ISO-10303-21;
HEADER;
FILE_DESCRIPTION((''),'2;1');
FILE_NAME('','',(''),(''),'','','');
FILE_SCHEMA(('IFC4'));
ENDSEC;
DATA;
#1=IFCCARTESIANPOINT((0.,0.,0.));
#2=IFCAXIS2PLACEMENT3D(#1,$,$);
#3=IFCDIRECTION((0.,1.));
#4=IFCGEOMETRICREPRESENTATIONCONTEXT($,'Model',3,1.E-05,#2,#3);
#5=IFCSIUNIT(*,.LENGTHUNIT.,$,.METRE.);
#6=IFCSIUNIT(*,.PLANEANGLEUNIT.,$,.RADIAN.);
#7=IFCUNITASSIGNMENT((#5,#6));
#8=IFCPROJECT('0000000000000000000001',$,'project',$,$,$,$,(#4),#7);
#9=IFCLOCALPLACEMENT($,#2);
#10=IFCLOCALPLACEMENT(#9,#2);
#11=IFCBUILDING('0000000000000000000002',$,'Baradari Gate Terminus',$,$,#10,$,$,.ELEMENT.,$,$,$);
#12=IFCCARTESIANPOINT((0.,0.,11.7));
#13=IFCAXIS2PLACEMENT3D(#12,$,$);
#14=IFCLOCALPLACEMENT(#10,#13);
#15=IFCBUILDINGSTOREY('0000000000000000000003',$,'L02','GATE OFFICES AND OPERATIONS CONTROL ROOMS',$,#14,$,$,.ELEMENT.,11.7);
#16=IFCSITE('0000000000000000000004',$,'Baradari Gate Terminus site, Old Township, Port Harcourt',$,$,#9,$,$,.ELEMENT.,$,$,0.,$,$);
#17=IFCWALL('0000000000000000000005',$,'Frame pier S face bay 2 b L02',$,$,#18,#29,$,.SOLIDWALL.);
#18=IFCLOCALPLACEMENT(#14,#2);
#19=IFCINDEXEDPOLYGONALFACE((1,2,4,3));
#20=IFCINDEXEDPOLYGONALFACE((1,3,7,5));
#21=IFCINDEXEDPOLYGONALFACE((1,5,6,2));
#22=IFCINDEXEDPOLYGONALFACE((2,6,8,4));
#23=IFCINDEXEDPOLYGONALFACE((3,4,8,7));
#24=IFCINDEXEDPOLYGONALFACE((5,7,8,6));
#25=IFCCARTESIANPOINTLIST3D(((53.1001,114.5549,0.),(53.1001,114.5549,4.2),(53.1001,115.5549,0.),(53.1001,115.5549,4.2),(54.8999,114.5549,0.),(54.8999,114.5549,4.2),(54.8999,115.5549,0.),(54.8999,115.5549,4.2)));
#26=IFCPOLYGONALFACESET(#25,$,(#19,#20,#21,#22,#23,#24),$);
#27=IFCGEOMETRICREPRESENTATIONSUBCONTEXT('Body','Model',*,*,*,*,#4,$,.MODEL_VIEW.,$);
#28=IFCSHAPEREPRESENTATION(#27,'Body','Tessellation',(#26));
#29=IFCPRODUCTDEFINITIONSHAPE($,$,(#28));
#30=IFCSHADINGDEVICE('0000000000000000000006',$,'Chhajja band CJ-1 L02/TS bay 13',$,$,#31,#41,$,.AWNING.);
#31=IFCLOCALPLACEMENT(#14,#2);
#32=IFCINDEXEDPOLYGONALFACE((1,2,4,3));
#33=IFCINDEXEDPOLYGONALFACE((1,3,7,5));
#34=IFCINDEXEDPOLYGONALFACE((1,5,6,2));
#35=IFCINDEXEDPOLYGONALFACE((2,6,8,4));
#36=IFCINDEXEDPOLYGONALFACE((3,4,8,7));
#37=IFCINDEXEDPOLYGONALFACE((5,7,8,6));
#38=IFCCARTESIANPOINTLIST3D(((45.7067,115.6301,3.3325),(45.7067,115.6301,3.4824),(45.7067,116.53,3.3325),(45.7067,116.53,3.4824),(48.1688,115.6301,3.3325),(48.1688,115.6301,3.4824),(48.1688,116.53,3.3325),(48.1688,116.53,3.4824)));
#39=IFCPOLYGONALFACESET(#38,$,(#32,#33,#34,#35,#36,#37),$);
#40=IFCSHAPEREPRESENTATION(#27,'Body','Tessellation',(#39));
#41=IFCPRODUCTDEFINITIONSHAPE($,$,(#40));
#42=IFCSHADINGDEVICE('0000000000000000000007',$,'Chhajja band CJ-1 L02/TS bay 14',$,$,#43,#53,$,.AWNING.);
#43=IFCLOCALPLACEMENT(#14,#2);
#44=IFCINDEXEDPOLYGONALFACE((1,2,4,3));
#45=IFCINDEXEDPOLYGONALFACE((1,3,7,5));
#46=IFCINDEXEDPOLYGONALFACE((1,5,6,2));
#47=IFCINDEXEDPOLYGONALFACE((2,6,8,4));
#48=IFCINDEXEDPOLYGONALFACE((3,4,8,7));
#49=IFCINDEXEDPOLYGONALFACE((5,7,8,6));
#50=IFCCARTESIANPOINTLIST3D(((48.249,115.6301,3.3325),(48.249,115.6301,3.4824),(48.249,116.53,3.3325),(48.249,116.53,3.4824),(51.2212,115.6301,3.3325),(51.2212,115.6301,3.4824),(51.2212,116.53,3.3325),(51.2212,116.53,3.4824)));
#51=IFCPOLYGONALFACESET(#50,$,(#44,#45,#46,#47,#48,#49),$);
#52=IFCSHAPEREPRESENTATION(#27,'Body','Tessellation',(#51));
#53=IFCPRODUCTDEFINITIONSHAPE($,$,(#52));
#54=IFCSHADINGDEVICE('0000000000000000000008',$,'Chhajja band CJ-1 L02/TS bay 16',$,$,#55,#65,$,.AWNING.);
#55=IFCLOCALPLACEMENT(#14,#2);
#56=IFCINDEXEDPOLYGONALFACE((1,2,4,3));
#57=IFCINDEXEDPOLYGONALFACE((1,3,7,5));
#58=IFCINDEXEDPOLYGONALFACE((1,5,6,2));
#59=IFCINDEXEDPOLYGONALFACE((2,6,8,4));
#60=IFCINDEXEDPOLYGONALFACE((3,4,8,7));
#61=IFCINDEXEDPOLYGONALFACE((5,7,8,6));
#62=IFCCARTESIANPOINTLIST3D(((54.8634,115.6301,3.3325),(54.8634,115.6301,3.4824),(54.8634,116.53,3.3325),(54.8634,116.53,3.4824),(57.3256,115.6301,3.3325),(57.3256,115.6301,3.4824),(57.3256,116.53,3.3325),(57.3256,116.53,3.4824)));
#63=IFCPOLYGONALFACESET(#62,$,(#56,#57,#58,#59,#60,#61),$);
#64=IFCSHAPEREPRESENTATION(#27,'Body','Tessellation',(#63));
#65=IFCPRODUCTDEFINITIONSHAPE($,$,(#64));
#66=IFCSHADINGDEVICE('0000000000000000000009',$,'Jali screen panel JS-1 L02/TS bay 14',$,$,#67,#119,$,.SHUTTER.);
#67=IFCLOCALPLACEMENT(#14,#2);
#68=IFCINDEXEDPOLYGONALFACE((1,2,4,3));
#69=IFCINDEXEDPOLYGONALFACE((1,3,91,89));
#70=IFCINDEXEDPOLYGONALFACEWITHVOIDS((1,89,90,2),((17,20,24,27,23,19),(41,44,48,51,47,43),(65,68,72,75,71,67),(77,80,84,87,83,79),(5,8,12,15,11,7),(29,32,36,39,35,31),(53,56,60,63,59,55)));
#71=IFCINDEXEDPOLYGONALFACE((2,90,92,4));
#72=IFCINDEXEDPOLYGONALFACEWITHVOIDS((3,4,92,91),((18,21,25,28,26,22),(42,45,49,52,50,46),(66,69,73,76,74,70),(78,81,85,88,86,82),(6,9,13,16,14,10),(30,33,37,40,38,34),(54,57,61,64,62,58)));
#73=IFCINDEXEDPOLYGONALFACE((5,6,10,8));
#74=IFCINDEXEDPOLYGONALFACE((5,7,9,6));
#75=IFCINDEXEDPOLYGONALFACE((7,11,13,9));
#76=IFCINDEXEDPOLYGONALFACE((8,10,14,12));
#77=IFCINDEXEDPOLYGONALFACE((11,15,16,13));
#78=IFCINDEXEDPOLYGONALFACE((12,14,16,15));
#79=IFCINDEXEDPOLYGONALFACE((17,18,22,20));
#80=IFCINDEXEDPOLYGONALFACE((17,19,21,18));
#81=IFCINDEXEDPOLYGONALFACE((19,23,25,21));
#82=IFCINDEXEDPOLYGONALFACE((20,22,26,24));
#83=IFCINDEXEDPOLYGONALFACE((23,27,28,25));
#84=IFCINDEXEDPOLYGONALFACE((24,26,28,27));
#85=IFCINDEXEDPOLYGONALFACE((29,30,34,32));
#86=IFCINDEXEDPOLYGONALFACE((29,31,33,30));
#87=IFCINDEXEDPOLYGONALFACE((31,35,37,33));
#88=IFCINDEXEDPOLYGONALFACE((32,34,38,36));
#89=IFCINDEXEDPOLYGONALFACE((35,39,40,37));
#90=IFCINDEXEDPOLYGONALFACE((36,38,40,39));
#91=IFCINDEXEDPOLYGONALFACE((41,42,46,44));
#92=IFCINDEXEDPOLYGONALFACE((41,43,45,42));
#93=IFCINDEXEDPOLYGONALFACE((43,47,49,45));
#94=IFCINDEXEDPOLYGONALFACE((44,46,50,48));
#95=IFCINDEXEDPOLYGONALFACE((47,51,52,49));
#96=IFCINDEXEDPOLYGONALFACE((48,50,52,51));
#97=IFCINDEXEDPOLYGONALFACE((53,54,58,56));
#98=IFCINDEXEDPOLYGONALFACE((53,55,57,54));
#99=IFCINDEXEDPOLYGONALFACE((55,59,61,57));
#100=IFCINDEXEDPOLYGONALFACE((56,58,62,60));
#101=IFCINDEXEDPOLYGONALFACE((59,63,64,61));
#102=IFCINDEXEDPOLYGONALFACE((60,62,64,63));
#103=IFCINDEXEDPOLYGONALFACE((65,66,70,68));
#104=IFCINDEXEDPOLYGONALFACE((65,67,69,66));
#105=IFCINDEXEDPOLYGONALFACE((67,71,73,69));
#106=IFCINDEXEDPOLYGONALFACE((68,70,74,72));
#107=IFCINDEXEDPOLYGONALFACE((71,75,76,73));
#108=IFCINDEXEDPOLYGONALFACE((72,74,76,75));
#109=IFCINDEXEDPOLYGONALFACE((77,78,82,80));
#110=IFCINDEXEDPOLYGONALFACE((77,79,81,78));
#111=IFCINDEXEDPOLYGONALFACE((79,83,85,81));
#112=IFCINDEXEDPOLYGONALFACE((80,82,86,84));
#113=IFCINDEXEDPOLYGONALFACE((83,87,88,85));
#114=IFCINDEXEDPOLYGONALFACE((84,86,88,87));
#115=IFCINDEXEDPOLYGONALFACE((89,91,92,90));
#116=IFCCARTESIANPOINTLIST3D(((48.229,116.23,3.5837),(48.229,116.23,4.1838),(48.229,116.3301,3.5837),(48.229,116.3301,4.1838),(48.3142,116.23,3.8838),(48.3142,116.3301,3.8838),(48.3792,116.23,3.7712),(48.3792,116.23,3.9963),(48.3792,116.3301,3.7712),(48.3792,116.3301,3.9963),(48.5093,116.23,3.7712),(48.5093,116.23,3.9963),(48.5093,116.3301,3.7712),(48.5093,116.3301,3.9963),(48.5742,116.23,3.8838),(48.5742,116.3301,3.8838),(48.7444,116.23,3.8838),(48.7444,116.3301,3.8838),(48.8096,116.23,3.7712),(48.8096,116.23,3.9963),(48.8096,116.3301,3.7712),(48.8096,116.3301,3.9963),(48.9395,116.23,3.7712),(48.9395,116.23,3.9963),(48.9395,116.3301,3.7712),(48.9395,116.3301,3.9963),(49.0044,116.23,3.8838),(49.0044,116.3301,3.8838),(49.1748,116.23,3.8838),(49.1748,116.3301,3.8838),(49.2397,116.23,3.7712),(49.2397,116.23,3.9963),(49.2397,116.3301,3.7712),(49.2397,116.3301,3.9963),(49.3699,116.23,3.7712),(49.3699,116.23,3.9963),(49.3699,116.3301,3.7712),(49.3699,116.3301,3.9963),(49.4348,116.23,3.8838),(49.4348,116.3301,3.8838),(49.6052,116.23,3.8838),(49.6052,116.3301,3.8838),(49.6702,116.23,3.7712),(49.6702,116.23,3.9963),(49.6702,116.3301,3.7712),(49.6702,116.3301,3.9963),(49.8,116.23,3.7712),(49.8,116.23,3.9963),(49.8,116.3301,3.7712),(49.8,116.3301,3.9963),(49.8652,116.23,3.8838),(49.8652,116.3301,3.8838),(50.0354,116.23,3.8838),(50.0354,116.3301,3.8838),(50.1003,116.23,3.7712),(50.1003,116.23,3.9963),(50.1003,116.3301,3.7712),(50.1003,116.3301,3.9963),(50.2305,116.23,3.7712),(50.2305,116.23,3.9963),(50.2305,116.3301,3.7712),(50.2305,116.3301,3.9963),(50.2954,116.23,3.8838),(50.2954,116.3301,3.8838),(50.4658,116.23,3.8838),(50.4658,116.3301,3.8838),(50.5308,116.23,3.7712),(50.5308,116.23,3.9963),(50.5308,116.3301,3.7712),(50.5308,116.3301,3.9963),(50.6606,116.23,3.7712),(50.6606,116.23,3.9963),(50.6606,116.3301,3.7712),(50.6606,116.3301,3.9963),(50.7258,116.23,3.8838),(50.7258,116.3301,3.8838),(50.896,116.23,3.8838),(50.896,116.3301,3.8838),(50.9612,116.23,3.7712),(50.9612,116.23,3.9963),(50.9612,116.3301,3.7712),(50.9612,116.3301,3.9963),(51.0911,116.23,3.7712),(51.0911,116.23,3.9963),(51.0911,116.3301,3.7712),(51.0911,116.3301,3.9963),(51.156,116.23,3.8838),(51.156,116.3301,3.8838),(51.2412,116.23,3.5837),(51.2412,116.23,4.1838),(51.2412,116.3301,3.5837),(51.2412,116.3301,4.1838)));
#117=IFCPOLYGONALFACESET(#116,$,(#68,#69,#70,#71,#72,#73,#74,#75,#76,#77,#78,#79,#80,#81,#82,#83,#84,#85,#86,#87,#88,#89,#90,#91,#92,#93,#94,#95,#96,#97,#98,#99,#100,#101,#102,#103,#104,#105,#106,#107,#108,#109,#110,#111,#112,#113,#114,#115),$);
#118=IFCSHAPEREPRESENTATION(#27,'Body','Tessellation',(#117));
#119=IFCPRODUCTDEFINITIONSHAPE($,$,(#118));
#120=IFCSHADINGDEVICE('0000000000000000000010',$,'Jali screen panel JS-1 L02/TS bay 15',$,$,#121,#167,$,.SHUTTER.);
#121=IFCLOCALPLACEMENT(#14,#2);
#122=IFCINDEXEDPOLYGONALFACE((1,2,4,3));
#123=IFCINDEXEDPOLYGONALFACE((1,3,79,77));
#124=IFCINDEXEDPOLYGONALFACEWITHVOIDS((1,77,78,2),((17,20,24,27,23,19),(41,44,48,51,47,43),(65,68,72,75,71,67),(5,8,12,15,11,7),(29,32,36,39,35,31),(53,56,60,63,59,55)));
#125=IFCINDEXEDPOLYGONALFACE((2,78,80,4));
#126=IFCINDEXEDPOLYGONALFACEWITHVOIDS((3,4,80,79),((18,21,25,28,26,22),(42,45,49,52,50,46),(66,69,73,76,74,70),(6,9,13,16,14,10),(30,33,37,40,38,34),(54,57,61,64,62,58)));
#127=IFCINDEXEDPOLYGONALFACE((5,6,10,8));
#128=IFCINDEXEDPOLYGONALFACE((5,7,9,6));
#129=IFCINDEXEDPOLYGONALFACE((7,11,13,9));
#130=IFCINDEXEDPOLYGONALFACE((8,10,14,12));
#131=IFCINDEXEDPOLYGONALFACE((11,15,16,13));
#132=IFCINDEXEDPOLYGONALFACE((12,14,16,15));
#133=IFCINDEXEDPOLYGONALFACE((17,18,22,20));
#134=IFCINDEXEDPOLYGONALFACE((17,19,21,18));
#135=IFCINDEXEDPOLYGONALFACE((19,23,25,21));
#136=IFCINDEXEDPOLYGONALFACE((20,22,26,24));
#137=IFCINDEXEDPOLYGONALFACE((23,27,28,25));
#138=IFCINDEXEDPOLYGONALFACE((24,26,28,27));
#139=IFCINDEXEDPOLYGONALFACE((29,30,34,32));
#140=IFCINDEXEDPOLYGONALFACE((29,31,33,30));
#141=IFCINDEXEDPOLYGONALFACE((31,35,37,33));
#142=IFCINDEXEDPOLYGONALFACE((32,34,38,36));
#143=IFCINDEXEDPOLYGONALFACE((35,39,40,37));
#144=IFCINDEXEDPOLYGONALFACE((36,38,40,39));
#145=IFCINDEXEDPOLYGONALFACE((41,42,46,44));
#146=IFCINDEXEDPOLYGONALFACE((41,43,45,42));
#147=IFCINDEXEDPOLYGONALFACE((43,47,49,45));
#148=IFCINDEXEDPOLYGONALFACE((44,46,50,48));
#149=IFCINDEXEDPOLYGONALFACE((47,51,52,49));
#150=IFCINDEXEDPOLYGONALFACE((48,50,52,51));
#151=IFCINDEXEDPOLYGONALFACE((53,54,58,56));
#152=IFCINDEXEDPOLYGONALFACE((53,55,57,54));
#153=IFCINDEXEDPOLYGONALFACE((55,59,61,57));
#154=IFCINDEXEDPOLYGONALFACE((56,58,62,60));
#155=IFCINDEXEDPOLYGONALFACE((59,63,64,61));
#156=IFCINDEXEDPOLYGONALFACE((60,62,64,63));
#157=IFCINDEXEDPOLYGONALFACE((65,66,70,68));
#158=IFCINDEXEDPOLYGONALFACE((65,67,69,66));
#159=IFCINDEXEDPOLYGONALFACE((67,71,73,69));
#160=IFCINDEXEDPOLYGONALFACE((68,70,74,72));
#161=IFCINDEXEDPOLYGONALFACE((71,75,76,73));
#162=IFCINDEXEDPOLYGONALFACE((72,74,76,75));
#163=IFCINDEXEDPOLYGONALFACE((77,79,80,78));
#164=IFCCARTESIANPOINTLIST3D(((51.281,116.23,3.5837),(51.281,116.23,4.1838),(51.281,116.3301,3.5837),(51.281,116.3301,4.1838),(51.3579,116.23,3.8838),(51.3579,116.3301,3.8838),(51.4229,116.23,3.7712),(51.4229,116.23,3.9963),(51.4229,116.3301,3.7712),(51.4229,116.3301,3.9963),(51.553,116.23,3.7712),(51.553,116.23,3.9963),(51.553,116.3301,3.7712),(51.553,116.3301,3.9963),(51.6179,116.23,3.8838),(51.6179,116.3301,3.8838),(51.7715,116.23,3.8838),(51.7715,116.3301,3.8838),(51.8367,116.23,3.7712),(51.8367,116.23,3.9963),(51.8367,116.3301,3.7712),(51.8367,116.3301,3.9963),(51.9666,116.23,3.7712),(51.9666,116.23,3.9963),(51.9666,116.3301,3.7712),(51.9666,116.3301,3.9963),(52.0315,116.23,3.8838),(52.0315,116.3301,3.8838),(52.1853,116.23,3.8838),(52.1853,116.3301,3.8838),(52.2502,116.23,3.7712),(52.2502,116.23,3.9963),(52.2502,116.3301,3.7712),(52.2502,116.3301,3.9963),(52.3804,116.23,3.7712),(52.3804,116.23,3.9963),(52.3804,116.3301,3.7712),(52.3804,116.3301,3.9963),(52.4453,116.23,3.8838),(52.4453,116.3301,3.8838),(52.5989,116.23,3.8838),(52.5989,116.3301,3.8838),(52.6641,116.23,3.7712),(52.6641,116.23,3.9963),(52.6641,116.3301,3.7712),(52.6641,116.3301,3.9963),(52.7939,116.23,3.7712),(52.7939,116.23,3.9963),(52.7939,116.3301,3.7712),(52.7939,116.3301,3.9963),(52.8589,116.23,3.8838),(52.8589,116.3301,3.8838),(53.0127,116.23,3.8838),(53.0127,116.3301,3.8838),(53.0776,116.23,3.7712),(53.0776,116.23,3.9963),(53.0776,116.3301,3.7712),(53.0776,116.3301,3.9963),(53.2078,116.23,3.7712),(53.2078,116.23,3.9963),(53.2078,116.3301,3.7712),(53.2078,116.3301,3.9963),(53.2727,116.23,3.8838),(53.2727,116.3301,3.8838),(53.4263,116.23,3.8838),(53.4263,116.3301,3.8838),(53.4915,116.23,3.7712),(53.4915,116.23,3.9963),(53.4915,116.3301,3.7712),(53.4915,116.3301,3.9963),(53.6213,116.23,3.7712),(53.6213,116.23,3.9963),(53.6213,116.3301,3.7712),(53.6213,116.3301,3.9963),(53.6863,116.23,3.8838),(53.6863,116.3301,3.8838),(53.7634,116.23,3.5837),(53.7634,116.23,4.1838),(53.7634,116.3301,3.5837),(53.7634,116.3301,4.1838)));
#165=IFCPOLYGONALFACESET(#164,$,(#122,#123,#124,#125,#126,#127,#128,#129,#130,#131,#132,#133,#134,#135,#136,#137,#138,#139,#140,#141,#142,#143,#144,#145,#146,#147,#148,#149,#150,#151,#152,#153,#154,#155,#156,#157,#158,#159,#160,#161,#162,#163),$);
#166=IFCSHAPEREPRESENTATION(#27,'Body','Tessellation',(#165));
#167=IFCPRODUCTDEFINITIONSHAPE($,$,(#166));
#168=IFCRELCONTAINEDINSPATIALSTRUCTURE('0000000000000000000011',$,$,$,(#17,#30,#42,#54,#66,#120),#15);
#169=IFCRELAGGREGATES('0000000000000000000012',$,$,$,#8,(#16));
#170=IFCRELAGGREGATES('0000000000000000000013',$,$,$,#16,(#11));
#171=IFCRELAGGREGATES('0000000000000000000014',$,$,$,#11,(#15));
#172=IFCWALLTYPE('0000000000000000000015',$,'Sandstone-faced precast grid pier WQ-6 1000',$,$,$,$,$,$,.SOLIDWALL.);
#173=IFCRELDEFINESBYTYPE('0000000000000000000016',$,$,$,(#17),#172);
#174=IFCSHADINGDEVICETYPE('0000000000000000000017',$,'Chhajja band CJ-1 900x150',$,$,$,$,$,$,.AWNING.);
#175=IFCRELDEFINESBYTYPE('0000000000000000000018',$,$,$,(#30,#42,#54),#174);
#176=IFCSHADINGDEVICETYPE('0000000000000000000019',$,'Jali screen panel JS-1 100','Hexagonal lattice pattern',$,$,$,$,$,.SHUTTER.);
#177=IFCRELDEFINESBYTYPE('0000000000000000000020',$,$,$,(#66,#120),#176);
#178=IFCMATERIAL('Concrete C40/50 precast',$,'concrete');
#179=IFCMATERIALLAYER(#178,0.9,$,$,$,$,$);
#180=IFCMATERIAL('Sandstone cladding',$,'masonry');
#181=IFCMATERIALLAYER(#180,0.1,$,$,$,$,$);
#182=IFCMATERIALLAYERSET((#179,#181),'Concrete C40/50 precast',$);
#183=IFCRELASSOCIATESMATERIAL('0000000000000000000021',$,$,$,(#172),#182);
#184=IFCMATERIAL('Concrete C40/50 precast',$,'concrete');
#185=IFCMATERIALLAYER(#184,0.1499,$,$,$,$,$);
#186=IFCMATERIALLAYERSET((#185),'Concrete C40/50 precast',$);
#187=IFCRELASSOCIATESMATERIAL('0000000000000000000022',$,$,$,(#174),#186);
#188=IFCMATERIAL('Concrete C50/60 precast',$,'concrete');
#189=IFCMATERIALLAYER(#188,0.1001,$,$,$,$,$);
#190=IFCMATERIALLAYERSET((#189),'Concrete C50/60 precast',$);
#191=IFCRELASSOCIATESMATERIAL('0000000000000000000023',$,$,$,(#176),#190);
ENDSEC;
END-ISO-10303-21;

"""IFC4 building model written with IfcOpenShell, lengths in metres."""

from ifc_helpers import new_model, si_unit, direction, frame, frame_2d, origin, origin_2d, place, context, subcontext, project, spatial, polyline, rectangle, outline, extrude, material, layer, layer_set, type_object, element, save


model = new_model("IFC4")

# Units and contexts
model_context = context("Model", 3, precision=1e-05, world=origin(), true_north=direction((0.0, 1.0)))
body_context = subcontext(model_context, "Body", "Model", "MODEL_VIEW")
ifc_project = project(units=[si_unit("LENGTHUNIT", "METRE"), si_unit("PLANEANGLEUNIT", "RADIAN")], contexts=[model_context])

# Site, building, storey
site_placement = place(None, origin())
site = spatial("IfcSite", under=ifc_project, at=site_placement, Name="Baradari Gate Terminus site, Old Township, Port Harcourt", CompositionType="ELEMENT", RefElevation=0.0)
building_placement = place(site_placement, origin())
building = spatial("IfcBuilding", under=site, at=building_placement, Name="Baradari Gate Terminus", CompositionType="ELEMENT")
storey_placement = place(building_placement, frame((0.0, 0.0, 11.7)))
storey = spatial("IfcBuildingStorey", under=building, at=storey_placement, Name="L02", Description="GATE OFFICES AND OPERATIONS CONTROL ROOMS", CompositionType="ELEMENT", Elevation=11.7)

# Wall
ifc_material_1 = material(Name="Concrete C40/50 precast", Category="concrete")
ifc_layer_1 = layer(ifc_material_1, 0.9)
ifc_material_2 = material(Name="Sandstone cladding", Category="masonry")
ifc_layer_2 = layer(ifc_material_2, 0.1)
ifc_layer_set_1 = layer_set([ifc_layer_1, ifc_layer_2], Name="Concrete C40/50 precast")
wall_type = type_object("IfcWallType", Name="Sandstone-faced precast grid pier WQ-6 1000", PredefinedType="SOLIDWALL", material=ifc_layer_set_1)
wall_placement = place(storey_placement, frame((53.1001, 115.0549, 0.0), z_axis=(0.0, 0.0, 1.0), x_axis=(1.0, 0.0, 0.0)))
element("IfcWall", 1, at=wall_placement, inside=storey, type_object=wall_type, Name="Frame pier S face bay 2 b L02", PredefinedType="SOLIDWALL", context=body_context, shape_type="SweptSolid", body=[
    extrude(rectangle(XDim=1.7998, YDim=1.0, at=frame_2d((0.8999, 0.0))), origin(), (0.0, 0.0, 1.0), 4.2),
])

# Shading devices
ifc_material_3 = material(Name="Concrete C40/50 precast", Category="concrete")
ifc_layer_3 = layer(ifc_material_3, 0.1499)
ifc_layer_set_2 = layer_set([ifc_layer_3], Name="Concrete C40/50 precast")
shading_device_type_1 = type_object("IfcShadingDeviceType", Name="Chhajja band CJ-1 900x150", PredefinedType="AWNING", material=ifc_layer_set_2)
shading_device_1_placement = place(storey_placement, frame((46.9377, 116.0801, 3.3325), z_axis=(0.0, 0.0, 1.0), x_axis=(1.0, 0.0, 0.0)))
element("IfcShadingDevice", 2, at=shading_device_1_placement, inside=storey, type_object=shading_device_type_1, Name="Chhajja band CJ-1 L02/TS bay 13", PredefinedType="AWNING", context=body_context, shape_type="SweptSolid", body=[
    extrude(rectangle(XDim=2.4622, YDim=0.8999, at=origin_2d()), origin(), (0.0, 0.0, 1.0), 0.1499),
])
shading_device_2_placement = place(storey_placement, frame((49.7351, 116.0801, 3.3325), z_axis=(0.0, 0.0, 1.0), x_axis=(1.0, 0.0, 0.0)))
element("IfcShadingDevice", 3, at=shading_device_2_placement, inside=storey, type_object=shading_device_type_1, Name="Chhajja band CJ-1 L02/TS bay 14", PredefinedType="AWNING", context=body_context, shape_type="SweptSolid", body=[
    extrude(rectangle(XDim=2.9722, YDim=0.8999, at=origin_2d()), origin(), (0.0, 0.0, 1.0), 0.1499),
])
shading_device_3_placement = place(storey_placement, frame((56.0945, 116.0801, 3.3325), z_axis=(0.0, 0.0, 1.0), x_axis=(1.0, 0.0, 0.0)))
element("IfcShadingDevice", 4, at=shading_device_3_placement, inside=storey, type_object=shading_device_type_1, Name="Chhajja band CJ-1 L02/TS bay 16", PredefinedType="AWNING", context=body_context, shape_type="SweptSolid", body=[
    extrude(rectangle(XDim=2.4622, YDim=0.8999, at=origin_2d()), origin(), (0.0, 0.0, 1.0), 0.1499),
])
ifc_material_4 = material(Name="Concrete C50/60 precast", Category="concrete")
ifc_layer_4 = layer(ifc_material_4, 0.1001)
ifc_layer_set_3 = layer_set([ifc_layer_4], Name="Concrete C50/60 precast")
shading_device_type_2 = type_object("IfcShadingDeviceType", Name="Jali screen panel JS-1 100", Description="Hexagonal lattice pattern", PredefinedType="SHUTTER", material=ifc_layer_set_3)
shading_device_4_placement = place(storey_placement, frame((48.229, 116.28, 3.5837), z_axis=(0.0, 0.0, 1.0), x_axis=(1.0, 0.0, 0.0)))
element("IfcShadingDevice", 5, at=shading_device_4_placement, inside=storey, type_object=shading_device_type_2, Name="Jali screen panel JS-1 L02/TS bay 14", PredefinedType="SHUTTER", context=body_context, shape_type="SweptSolid", body=[
    extrude(outline(polyline([(0.0, 0.0), (3.0122, 0.0), (3.0122, 0.6001), (0.0, 0.6001), (0.0, 0.0)]), holes=[polyline([(0.3452, 0.3), (0.2803, 0.1875), (0.1501, 0.1875), (0.0852, 0.3), (0.1501, 0.4126), (0.2803, 0.4126), (0.3452, 0.3)]), polyline([(0.7754, 0.3), (0.7104, 0.1875), (0.5806, 0.1875), (0.5154, 0.3), (0.5806, 0.4126), (0.7104, 0.4126), (0.7754, 0.3)]), polyline([(1.2058, 0.3), (1.1409, 0.1875), (1.0107, 0.1875), (0.9458, 0.3), (1.0107, 0.4126), (1.1409, 0.4126), (1.2058, 0.3)]), polyline([(1.6362, 0.3), (1.571, 0.1875), (1.4412, 0.1875), (1.3762, 0.3), (1.4412, 0.4126), (1.571, 0.4126), (1.6362, 0.3)]), polyline([(2.0664, 0.3), (2.0015, 0.1875), (1.8713, 0.1875), (1.8064, 0.3), (1.8713, 0.4126), (2.0015, 0.4126), (2.0664, 0.3)]), polyline([(2.4968, 0.3), (2.4316, 0.1875), (2.3018, 0.1875), (2.2368, 0.3), (2.3018, 0.4126), (2.4316, 0.4126), (2.4968, 0.3)]), polyline([(2.927, 0.3), (2.8621, 0.1875), (2.7322, 0.1875), (2.667, 0.3), (2.7322, 0.4126), (2.8621, 0.4126), (2.927, 0.3)])]), frame((0.0, 0.05, 0.0), z_axis=(0.0, -1.0, 0.0), x_axis=(1.0, 0.0, 0.0)), (0.0, 0.0, 1.0), 0.1001),
])
shading_device_5_placement = place(storey_placement, frame((51.281, 116.28, 3.5837), z_axis=(0.0, 0.0, 1.0), x_axis=(1.0, 0.0, 0.0)))
element("IfcShadingDevice", 6, at=shading_device_5_placement, inside=storey, type_object=shading_device_type_2, Name="Jali screen panel JS-1 L02/TS bay 15", PredefinedType="SHUTTER", context=body_context, shape_type="SweptSolid", body=[
    extrude(outline(polyline([(0.0, 0.0), (2.4824, 0.0), (2.4824, 0.6001), (0.0, 0.6001), (0.0, 0.0)]), holes=[polyline([(0.3369, 0.3), (0.272, 0.1875), (0.1418, 0.1875), (0.0769, 0.3), (0.1418, 0.4126), (0.272, 0.4126), (0.3369, 0.3)]), polyline([(0.7505, 0.3), (0.6855, 0.1875), (0.5557, 0.1875), (0.4905, 0.3), (0.5557, 0.4126), (0.6855, 0.4126), (0.7505, 0.3)]), polyline([(1.1643, 0.3), (1.0994, 0.1875), (0.9692, 0.1875), (0.9043, 0.3), (0.9692, 0.4126), (1.0994, 0.4126), (1.1643, 0.3)]), polyline([(1.5779, 0.3), (1.5129, 0.1875), (1.3831, 0.1875), (1.3179, 0.3), (1.3831, 0.4126), (1.5129, 0.4126), (1.5779, 0.3)]), polyline([(1.9917, 0.3), (1.9268, 0.1875), (1.7966, 0.1875), (1.7317, 0.3), (1.7966, 0.4126), (1.9268, 0.4126), (1.9917, 0.3)]), polyline([(2.4053, 0.3), (2.3403, 0.1875), (2.2104, 0.1875), (2.1453, 0.3), (2.2104, 0.4126), (2.3403, 0.4126), (2.4053, 0.3)])]), frame((0.0, 0.05, 0.0), z_axis=(0.0, -1.0, 0.0), x_axis=(1.0, 0.0, 0.0)), (0.0, 0.0, 1.0), 0.1001),
])

save(model, "model.ifc")
